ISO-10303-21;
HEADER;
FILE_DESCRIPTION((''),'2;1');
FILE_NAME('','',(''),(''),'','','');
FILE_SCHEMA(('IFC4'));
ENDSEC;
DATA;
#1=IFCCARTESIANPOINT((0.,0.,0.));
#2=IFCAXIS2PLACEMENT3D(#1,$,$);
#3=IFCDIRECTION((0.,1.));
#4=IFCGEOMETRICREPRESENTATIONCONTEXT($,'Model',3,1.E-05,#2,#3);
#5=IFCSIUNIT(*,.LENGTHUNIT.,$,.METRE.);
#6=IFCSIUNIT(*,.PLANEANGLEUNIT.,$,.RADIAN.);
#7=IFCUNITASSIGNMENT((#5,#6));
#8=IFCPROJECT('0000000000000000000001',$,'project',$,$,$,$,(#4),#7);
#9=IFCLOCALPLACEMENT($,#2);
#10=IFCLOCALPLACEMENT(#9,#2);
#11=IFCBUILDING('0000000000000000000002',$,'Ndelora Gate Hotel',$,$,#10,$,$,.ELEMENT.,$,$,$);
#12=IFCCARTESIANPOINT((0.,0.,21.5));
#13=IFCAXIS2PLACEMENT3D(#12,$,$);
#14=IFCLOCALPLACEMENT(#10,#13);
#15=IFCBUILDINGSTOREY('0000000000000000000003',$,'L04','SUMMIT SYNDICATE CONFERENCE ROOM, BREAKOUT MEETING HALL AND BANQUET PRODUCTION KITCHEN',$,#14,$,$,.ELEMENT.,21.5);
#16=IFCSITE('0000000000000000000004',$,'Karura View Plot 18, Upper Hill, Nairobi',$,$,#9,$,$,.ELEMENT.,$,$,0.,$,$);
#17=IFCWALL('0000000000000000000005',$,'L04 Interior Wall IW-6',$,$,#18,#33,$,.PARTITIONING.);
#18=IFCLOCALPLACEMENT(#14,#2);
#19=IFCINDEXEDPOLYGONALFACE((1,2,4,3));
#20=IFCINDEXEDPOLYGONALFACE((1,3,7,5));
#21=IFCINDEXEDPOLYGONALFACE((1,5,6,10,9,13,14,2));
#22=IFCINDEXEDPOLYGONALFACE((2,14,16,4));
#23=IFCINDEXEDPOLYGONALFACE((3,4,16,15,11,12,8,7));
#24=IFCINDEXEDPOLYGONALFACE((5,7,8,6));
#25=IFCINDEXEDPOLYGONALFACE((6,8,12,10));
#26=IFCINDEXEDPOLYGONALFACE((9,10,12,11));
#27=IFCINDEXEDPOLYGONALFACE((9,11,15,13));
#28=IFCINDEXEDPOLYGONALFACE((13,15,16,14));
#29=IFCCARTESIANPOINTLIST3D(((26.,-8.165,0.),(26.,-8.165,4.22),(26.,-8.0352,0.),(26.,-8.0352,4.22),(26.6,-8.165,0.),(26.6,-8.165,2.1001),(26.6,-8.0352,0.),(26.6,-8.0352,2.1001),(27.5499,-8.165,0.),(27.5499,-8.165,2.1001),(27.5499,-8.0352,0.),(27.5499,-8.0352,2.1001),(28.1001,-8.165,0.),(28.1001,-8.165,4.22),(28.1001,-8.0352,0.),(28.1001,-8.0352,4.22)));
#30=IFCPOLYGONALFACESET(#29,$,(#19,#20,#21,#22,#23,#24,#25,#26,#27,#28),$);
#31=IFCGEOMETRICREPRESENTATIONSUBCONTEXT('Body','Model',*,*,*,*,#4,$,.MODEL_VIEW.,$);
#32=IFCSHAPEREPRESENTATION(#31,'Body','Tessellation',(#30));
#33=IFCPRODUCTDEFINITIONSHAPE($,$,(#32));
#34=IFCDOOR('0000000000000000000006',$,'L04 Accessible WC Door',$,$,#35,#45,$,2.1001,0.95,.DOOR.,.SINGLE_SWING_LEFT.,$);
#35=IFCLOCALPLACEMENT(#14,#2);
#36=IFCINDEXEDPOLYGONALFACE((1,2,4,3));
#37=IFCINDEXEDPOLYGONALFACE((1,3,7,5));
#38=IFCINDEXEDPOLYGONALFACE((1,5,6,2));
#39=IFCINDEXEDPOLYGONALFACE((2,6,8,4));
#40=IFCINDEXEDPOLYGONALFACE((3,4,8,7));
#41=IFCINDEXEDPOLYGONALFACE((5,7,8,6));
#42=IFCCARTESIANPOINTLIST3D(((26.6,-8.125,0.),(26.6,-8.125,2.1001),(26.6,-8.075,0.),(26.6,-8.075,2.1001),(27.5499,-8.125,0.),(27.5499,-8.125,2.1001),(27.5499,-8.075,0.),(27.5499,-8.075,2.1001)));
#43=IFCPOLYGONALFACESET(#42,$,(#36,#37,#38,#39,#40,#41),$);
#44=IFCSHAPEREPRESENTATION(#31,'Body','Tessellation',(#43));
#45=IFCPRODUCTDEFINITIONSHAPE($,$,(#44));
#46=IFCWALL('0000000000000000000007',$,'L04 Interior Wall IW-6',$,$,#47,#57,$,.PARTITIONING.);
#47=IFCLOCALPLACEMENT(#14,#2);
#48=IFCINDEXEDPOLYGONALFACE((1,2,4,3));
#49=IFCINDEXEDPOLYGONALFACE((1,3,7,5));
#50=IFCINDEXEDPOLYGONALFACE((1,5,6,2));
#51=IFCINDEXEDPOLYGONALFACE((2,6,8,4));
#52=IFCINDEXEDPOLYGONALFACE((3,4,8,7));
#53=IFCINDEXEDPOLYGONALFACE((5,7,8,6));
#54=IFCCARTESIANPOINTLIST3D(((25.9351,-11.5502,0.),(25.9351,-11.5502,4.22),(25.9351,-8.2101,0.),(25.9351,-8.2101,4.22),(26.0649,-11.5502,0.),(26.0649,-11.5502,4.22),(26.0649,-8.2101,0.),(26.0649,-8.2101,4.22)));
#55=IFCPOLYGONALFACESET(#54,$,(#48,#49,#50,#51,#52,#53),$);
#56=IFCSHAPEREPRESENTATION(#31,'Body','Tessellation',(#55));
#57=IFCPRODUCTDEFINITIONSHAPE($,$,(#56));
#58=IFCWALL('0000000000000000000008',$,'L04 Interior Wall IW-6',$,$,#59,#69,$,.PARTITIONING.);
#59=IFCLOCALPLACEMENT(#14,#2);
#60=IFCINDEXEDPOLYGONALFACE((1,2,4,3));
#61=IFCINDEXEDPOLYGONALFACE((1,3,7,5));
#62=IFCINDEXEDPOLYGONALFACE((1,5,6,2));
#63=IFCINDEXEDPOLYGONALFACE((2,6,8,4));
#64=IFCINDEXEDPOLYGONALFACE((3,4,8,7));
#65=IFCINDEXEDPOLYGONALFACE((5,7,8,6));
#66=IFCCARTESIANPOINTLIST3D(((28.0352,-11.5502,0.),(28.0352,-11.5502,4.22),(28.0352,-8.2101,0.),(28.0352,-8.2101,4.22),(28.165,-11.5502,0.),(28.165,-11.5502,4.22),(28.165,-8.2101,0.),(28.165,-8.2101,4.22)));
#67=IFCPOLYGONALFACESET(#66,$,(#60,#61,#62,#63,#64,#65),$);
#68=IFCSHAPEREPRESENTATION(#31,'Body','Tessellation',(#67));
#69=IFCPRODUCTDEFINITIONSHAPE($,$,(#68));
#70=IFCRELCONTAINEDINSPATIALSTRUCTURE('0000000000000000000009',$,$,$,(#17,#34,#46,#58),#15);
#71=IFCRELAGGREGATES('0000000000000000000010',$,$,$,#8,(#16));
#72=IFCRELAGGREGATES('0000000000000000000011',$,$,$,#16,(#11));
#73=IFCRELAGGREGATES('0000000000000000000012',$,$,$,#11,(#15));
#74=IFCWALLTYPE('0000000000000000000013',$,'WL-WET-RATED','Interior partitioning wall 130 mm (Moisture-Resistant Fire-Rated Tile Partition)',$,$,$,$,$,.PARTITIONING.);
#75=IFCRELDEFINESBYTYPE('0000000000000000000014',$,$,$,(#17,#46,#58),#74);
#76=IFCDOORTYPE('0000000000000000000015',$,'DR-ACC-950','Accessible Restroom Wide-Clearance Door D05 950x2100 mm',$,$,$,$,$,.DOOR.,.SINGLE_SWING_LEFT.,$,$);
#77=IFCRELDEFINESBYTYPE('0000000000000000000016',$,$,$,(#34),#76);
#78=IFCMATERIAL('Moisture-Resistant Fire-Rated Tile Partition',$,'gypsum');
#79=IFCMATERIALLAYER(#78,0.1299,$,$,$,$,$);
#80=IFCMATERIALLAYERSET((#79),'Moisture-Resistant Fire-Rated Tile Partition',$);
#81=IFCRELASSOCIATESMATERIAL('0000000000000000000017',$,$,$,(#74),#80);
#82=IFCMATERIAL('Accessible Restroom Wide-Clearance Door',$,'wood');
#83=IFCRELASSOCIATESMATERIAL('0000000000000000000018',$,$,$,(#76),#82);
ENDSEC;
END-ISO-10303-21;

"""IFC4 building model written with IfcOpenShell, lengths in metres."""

from ifc_helpers import new_model, si_unit, direction, frame, frame_2d, origin, place, context, subcontext, project, spatial, rectangle, extrude, material, layer, layer_set, type_object, element, fill, save


model = new_model("IFC4")

# Units and contexts
model_context = context("Model", 3, precision=1e-05, world=origin(), true_north=direction((0.0, 1.0)))
body_context = subcontext(model_context, "Body", "Model", "MODEL_VIEW")
ifc_project = project(units=[si_unit("LENGTHUNIT", "METRE"), si_unit("PLANEANGLEUNIT", "RADIAN")], contexts=[model_context])

# Site, building, storey
site_placement = place(None, origin())
site = spatial("IfcSite", under=ifc_project, at=site_placement, Name="Karura View Plot 18, Upper Hill, Nairobi", CompositionType="ELEMENT", RefElevation=0.0)
building_placement = place(site_placement, origin())
building = spatial("IfcBuilding", under=site, at=building_placement, Name="Ndelora Gate Hotel", CompositionType="ELEMENT")
storey_placement = place(building_placement, frame((0.0, 0.0, 21.5)))
storey = spatial("IfcBuildingStorey", under=building, at=storey_placement, Name="L04", Description="SUMMIT SYNDICATE CONFERENCE ROOM, BREAKOUT MEETING HALL AND BANQUET PRODUCTION KITCHEN", CompositionType="ELEMENT", Elevation=21.5)

# Wall, opening, door
ifc_material_1 = material(Name="Moisture-Resistant Fire-Rated Tile Partition", Category="gypsum")
ifc_layer_1 = layer(ifc_material_1, 0.1299)
ifc_layer_set_1 = layer_set([ifc_layer_1], Name="Moisture-Resistant Fire-Rated Tile Partition")
wall_type_1 = type_object("IfcWallType", Name="WL-WET-RATED", Description="Interior partitioning wall 130 mm (Moisture-Resistant Fire-Rated Tile Partition)", PredefinedType="PARTITIONING", material=ifc_layer_set_1)
ifc_material_2 = material(Name="Accessible Restroom Wide-Clearance Door", Category="wood")
door_type = type_object("IfcDoorType", Name="DR-ACC-950", Description="Accessible Restroom Wide-Clearance Door D05 950x2100 mm", OperationType="SINGLE_SWING_LEFT", PredefinedType="DOOR", material=ifc_material_2)
wall_1_placement = place(storey_placement, frame((28.1001, -8.1001, 0.0), z_axis=(0.0, 0.0, 1.0), x_axis=(-1.0, 0.0, 0.0)))
wall_1 = element("IfcWall", 1, at=wall_1_placement, inside=storey, type_object=wall_type_1, Name="L04 Interior Wall IW-6", PredefinedType="PARTITIONING", context=body_context, shape_type="SweptSolid", body=[
    extrude(rectangle(XDim=2.1001, YDim=0.1299, at=frame_2d((1.05, 0.0))), origin(), (0.0, 0.0, 1.0), 4.22),
])
opening_1_placement = place(wall_1_placement, frame((0.55, 0.0, 0.0)))
opening_1 = element("IfcOpeningElement", 2, at=opening_1_placement, cuts=wall_1, PredefinedType="OPENING", context=body_context, shape_type="SweptSolid", body=[
    extrude(rectangle(XDim=0.95, YDim=2.1001, at=frame_2d((0.4751, 1.05))), frame((0.0, 0.075, 0.0), z_axis=(0.0, -1.0, 0.0), x_axis=(1.0, 0.0, 0.0)), (0.0, 0.0, 1.0), 0.1499),
])
door_1_placement = place(opening_1_placement, origin())
door_1 = element("IfcDoor", 3, at=door_1_placement, inside=storey, type_object=door_type, Name="L04 Accessible WC Door", OperationType="SINGLE_SWING_LEFT", OverallHeight=2.1001, OverallWidth=0.95, PredefinedType="DOOR", context=body_context, shape_type="SweptSolid", body=[
    extrude(rectangle(XDim=0.95, YDim=2.1001, at=frame_2d((0.4751, 1.05))), frame((0.0, 0.0249, 0.0), z_axis=(0.0, -1.0, 0.0), x_axis=(1.0, 0.0, 0.0)), (0.0, 0.0, 1.0), 0.05),
])
fill(opening_1, door_1)

# Walls
for number, where, z_axis, x_axis, name in (
    (4, (26.0, -11.55, 0.0), (0.0, 0.0, 1.0), (0.0, 1.0, 0.0), "L04 Interior Wall IW-6"),
    (5, (28.1001, -11.55, 0.0), (0.0, 0.0, 1.0), (0.0, 1.0, 0.0), "L04 Interior Wall IW-6"),
):
    element("IfcWall", number, at=place(storey_placement, frame(where, z_axis=z_axis, x_axis=x_axis)), inside=storey, type_object=wall_type_1, Name=name, PredefinedType="PARTITIONING", context=body_context, shape_type="SweptSolid", body=[
        extrude(rectangle(XDim=3.3401, YDim=0.1299, at=frame_2d((1.6699, 0.0))), origin(), (0.0, 0.0, 1.0), 4.22),
    ])

save(model, "model.ifc")
